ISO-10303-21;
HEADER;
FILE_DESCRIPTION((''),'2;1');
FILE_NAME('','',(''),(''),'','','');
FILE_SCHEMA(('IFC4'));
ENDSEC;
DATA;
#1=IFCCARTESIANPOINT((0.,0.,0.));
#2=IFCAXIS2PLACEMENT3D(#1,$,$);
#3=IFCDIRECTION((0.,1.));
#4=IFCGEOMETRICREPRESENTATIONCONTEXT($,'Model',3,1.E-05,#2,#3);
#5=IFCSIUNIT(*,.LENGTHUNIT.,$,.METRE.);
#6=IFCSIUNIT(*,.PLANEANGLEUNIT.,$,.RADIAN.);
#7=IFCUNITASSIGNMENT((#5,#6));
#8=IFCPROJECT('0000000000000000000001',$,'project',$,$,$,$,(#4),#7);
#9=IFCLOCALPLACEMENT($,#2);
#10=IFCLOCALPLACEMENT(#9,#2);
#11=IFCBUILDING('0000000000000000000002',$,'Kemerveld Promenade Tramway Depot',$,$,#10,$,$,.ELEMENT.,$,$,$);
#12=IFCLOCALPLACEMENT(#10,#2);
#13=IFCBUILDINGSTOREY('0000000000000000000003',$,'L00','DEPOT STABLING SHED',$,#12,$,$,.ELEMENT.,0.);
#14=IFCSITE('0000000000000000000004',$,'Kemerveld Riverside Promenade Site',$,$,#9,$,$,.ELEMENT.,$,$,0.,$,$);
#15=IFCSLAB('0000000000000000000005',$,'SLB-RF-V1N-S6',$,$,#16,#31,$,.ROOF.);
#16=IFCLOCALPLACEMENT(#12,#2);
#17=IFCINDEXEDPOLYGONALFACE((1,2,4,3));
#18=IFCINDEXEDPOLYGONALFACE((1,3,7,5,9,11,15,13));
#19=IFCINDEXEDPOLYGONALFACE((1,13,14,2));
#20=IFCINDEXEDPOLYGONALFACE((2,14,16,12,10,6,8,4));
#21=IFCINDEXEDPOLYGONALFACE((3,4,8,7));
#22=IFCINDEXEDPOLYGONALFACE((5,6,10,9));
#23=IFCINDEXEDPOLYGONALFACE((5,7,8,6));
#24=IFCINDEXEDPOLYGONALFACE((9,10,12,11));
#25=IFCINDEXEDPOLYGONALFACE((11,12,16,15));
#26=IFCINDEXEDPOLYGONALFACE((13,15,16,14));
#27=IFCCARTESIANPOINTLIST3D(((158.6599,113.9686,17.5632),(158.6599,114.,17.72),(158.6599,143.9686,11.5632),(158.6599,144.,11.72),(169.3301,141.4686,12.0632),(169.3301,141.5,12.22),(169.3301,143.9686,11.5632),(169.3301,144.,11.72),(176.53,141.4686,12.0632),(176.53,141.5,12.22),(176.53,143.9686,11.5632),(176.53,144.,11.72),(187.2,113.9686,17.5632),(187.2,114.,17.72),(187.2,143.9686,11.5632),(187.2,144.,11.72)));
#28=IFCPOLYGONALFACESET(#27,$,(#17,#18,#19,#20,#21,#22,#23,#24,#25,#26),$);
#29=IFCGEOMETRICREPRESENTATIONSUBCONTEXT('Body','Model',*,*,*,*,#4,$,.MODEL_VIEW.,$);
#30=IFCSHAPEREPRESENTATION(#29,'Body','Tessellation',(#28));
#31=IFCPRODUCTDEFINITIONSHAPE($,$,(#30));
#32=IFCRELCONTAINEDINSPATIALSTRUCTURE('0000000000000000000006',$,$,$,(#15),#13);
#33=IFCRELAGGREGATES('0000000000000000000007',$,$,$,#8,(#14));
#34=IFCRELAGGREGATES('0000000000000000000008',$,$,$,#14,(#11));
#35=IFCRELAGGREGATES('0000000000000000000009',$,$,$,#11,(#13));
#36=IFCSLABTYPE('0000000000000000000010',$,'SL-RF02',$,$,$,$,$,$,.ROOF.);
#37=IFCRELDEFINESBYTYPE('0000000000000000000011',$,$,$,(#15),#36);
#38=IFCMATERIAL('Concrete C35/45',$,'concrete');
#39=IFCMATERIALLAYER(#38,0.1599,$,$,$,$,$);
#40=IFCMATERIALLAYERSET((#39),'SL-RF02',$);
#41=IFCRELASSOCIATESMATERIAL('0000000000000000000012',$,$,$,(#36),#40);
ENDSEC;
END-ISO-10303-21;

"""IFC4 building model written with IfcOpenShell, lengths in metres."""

from ifc_helpers import new_model, si_unit, direction, frame, origin, place, context, subcontext, project, spatial, polyline, outline, extrude, material, layer, layer_set, type_object, element, save


model = new_model("IFC4")

# Units and contexts
model_context = context("Model", 3, precision=1e-05, world=origin(), true_north=direction((0.0, 1.0)))
body_context = subcontext(model_context, "Body", "Model", "MODEL_VIEW")
ifc_project = project(units=[si_unit("LENGTHUNIT", "METRE"), si_unit("PLANEANGLEUNIT", "RADIAN")], contexts=[model_context])

# Site, building, storey
site_placement = place(None, origin())
site = spatial("IfcSite", under=ifc_project, at=site_placement, Name="Kemerveld Riverside Promenade Site", CompositionType="ELEMENT", RefElevation=0.0)
building_placement = place(site_placement, origin())
building = spatial("IfcBuilding", under=site, at=building_placement, Name="Kemerveld Promenade Tramway Depot", CompositionType="ELEMENT")
storey_placement = place(building_placement, origin())
storey = spatial("IfcBuildingStorey", under=building, at=storey_placement, Name="L00", Description="DEPOT STABLING SHED", CompositionType="ELEMENT", Elevation=0.0)

# Slab
ifc_material_1 = material(Name="Concrete C35/45", Category="concrete")
ifc_layer_1 = layer(ifc_material_1, 0.1599)
ifc_layer_set_1 = layer_set([ifc_layer_1], Name="SL-RF02")
slab_type = type_object("IfcSlabType", Name="SL-RF02", PredefinedType="ROOF", material=ifc_layer_set_1)
slab_placement = place(storey_placement, frame((158.6599, 114.0, 17.72), z_axis=(0.0, 0.196116, 0.980581), x_axis=(1.0, 0.0, 0.0)))
element("IfcSlab", 1, at=slab_placement, inside=storey, type_object=slab_type, Name="SLB-RF-V1N-S6", PredefinedType="ROOF", context=body_context, shape_type="SweptSolid", body=[
    extrude(outline(polyline([(0.0, 0.0), (28.54, 0.0), (28.54, 30.5941), (17.8701, 30.5941), (17.8701, 28.0446), (10.6702, 28.0446), (10.6702, 30.5941), (0.0, 30.5941), (0.0, 0.0)])), origin(), (0.0, 0.0, -1.0), 0.1599),
])

save(model, "model.ifc")
